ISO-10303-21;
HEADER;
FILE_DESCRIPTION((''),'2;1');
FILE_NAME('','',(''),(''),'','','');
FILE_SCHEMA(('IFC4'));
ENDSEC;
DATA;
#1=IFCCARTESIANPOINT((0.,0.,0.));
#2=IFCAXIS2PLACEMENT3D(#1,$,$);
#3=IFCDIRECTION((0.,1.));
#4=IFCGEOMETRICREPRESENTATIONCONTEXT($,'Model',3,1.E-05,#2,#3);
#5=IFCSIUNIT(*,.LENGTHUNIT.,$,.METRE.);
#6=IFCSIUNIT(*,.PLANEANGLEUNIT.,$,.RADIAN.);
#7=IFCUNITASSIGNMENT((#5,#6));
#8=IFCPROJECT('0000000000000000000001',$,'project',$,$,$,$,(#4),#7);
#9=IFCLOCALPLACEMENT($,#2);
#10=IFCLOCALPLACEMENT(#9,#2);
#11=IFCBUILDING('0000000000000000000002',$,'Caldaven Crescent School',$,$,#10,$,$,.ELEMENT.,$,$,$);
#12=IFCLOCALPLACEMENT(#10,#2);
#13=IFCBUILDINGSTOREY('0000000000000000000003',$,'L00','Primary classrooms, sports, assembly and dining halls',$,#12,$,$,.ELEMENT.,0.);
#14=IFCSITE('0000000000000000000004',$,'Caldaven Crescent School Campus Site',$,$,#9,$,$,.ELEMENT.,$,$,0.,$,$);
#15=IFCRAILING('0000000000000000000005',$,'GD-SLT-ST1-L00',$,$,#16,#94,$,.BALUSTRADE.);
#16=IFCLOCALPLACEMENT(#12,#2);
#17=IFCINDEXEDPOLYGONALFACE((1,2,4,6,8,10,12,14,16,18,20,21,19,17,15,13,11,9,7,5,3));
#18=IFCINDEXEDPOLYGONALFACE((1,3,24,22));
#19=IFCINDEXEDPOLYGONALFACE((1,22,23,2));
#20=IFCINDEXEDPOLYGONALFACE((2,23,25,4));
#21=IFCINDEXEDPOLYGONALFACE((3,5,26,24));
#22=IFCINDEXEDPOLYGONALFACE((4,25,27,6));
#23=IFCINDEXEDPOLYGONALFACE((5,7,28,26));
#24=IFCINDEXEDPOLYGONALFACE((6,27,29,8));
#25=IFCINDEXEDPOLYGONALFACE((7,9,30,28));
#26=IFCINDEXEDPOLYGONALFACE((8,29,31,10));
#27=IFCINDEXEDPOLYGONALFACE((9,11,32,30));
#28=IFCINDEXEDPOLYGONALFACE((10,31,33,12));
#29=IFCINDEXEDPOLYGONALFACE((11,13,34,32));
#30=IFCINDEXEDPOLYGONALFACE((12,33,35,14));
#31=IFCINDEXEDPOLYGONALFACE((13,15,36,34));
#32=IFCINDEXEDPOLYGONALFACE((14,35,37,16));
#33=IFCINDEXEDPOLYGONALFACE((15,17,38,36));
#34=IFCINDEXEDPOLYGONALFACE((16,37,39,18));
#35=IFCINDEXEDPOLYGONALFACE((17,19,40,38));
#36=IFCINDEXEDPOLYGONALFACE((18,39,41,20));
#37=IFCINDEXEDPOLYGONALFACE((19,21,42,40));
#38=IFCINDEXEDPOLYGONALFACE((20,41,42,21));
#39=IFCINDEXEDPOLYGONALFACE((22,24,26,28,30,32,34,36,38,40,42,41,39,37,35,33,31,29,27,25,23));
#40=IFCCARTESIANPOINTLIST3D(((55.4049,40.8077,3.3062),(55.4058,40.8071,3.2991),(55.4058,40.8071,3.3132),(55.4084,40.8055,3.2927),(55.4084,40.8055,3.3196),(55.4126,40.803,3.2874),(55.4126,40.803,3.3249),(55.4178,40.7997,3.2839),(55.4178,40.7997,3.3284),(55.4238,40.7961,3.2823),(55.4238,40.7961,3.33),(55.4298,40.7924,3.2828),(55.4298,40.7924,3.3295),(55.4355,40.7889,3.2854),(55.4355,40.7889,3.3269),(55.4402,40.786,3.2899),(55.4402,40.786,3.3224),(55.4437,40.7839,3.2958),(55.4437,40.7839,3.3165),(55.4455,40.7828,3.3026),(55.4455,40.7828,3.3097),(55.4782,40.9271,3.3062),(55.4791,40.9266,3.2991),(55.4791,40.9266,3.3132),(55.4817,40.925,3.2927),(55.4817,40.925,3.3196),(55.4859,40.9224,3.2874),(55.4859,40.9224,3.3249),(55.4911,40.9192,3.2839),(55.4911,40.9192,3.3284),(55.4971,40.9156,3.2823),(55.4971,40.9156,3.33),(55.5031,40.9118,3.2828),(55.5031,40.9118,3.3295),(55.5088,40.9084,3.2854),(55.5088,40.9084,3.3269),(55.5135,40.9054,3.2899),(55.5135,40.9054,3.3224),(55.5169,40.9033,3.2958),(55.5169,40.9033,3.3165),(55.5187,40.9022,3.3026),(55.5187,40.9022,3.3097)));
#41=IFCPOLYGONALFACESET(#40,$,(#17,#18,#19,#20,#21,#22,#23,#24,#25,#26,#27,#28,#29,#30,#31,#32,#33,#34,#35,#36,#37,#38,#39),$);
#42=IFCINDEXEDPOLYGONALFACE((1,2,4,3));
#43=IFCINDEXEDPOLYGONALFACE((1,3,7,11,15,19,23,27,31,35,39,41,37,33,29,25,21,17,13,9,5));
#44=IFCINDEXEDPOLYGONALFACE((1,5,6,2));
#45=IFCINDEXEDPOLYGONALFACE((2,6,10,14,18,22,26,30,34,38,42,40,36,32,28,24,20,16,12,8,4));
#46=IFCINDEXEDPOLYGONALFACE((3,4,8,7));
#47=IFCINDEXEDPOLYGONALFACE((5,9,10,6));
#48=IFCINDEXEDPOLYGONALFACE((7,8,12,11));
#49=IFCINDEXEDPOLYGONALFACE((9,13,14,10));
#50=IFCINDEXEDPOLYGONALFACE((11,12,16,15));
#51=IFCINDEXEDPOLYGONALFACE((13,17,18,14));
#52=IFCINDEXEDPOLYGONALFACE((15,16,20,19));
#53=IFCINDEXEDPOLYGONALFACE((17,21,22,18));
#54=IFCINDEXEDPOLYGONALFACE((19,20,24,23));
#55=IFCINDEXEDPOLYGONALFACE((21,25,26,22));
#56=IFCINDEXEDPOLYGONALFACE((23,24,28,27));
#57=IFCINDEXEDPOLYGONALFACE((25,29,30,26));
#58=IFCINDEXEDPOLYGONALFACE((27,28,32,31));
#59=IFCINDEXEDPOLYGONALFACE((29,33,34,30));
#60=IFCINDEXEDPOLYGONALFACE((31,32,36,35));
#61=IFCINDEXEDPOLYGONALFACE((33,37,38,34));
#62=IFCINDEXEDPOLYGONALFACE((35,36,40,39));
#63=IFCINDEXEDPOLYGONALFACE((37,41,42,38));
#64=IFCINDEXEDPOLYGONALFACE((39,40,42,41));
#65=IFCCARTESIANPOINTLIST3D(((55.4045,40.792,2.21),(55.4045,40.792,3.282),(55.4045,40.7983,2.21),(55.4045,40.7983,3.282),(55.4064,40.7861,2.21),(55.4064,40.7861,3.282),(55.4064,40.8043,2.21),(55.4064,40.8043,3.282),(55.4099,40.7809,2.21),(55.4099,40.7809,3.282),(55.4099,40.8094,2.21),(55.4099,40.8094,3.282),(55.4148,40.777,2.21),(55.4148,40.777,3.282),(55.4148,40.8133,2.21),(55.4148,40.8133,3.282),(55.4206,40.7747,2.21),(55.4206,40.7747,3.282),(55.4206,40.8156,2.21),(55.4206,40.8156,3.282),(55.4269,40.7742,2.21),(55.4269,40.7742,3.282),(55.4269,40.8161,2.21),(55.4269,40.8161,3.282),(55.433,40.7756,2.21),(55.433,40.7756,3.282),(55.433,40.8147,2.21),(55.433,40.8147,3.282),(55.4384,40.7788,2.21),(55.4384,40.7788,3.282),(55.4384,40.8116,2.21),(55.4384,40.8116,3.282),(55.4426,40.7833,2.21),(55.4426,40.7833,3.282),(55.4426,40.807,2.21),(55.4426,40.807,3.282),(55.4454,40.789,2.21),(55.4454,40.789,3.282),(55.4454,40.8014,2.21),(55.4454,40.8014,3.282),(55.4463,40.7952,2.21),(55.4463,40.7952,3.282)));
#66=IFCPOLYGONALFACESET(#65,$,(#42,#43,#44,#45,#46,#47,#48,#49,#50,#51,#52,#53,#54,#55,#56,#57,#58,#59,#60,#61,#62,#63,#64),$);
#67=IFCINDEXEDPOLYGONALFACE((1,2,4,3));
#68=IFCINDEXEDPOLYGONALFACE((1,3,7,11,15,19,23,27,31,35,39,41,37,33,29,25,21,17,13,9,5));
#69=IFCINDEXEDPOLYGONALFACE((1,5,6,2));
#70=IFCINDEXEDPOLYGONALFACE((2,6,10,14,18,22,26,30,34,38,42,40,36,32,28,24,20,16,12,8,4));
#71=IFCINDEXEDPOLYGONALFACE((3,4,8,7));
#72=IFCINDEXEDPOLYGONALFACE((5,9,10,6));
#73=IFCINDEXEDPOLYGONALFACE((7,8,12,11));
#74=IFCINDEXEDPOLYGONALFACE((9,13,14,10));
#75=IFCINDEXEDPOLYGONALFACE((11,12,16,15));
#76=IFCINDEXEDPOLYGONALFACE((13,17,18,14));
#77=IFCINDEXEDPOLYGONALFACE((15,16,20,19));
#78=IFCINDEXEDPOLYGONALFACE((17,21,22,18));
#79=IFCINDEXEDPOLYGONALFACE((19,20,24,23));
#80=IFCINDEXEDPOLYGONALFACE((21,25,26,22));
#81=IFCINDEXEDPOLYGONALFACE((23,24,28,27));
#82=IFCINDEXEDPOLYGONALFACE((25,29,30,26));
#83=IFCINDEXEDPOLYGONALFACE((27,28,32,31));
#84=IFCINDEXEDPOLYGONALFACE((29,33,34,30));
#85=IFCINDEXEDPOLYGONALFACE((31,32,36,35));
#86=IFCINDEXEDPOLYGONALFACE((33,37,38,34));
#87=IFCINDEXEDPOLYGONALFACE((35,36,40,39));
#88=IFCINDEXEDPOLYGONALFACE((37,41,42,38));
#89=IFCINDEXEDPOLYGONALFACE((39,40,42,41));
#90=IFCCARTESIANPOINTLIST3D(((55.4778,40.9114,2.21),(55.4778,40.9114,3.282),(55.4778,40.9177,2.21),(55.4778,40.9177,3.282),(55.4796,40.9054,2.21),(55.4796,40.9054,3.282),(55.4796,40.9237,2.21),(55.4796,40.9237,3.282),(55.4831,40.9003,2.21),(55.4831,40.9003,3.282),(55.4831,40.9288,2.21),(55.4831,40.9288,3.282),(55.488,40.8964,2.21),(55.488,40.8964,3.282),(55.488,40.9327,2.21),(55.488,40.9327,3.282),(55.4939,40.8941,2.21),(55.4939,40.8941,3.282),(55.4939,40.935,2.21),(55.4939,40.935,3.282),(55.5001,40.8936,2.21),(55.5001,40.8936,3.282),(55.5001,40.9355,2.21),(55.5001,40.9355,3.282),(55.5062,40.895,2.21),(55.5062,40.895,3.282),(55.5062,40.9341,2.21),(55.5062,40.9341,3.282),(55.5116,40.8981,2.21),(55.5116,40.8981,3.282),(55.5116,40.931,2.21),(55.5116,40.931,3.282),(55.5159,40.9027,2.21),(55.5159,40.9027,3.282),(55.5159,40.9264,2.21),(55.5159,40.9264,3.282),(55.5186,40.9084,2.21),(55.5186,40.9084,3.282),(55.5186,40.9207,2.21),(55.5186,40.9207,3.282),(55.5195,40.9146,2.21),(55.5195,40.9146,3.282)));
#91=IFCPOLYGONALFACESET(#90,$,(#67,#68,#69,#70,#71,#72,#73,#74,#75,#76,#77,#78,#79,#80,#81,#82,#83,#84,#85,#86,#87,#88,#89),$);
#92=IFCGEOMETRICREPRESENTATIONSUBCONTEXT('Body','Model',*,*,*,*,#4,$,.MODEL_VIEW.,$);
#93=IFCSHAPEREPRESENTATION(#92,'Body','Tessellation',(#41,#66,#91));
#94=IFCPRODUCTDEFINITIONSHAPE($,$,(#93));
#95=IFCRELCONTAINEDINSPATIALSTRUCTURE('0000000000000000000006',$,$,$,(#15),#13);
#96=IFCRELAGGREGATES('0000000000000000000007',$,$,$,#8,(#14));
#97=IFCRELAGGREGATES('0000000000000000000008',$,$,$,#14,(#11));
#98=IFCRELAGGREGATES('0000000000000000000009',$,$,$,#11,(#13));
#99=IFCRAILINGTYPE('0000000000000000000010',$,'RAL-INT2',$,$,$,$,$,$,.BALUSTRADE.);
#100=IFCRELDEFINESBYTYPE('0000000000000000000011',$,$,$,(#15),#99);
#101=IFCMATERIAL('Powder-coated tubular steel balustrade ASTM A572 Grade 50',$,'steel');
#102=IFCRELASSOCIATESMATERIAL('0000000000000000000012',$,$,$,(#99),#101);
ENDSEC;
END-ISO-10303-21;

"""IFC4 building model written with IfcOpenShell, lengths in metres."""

from ifc_helpers import new_model, si_unit, direction, frame, origin, origin_2d, place, context, subcontext, project, spatial, circle, extrude, material, type_object, element, save


model = new_model("IFC4")

# Units and contexts
model_context = context("Model", 3, precision=1e-05, world=origin(), true_north=direction((0.0, 1.0)))
body_context = subcontext(model_context, "Body", "Model", "MODEL_VIEW")
ifc_project = project(units=[si_unit("LENGTHUNIT", "METRE"), si_unit("PLANEANGLEUNIT", "RADIAN")], contexts=[model_context])

# Site, building, storey
site_placement = place(None, origin())
site = spatial("IfcSite", under=ifc_project, at=site_placement, Name="Caldaven Crescent School Campus Site", CompositionType="ELEMENT", RefElevation=0.0)
building_placement = place(site_placement, origin())
building = spatial("IfcBuilding", under=site, at=building_placement, Name="Caldaven Crescent School", CompositionType="ELEMENT")
storey_placement = place(building_placement, origin())
storey = spatial("IfcBuildingStorey", under=building, at=storey_placement, Name="L00", Description="Primary classrooms, sports, assembly and dining halls", CompositionType="ELEMENT", Elevation=0.0)

# Railing
ifc_material_1 = material(Name="Powder-coated tubular steel balustrade ASTM A572 Grade 50", Category="steel")
railing_type_1 = type_object("IfcRailingType", Name="RAL-INT2", PredefinedType="BALUSTRADE", material=ifc_material_1)
railing_1_placement = place(storey_placement, frame((55.4253, 40.7952, 2.21)))
element("IfcRailing", 1, at=railing_1_placement, inside=storey, type_object=railing_type_1, Name="GD-SLT-ST1-L00", PredefinedType="BALUSTRADE", context=body_context, shape_type="SweptSolid", body=[
    extrude(circle(Radius=0.0239, at=origin_2d()), frame((0.0, 0.0, 1.0962), z_axis=(0.52293, 0.852376, 0.0), x_axis=(-0.852376, 0.52293, 0.0)), (0.0, 0.0, 1.0), 0.1401),
    extrude(circle(Radius=0.021, at=origin_2d()), origin(), (0.0, 0.0, 1.0), 1.072),
    extrude(circle(Radius=0.021, at=origin_2d()), frame((0.0732, 0.1194, 0.0)), (0.0, 0.0, 1.0), 1.072),
])

save(model, "model.ifc")
